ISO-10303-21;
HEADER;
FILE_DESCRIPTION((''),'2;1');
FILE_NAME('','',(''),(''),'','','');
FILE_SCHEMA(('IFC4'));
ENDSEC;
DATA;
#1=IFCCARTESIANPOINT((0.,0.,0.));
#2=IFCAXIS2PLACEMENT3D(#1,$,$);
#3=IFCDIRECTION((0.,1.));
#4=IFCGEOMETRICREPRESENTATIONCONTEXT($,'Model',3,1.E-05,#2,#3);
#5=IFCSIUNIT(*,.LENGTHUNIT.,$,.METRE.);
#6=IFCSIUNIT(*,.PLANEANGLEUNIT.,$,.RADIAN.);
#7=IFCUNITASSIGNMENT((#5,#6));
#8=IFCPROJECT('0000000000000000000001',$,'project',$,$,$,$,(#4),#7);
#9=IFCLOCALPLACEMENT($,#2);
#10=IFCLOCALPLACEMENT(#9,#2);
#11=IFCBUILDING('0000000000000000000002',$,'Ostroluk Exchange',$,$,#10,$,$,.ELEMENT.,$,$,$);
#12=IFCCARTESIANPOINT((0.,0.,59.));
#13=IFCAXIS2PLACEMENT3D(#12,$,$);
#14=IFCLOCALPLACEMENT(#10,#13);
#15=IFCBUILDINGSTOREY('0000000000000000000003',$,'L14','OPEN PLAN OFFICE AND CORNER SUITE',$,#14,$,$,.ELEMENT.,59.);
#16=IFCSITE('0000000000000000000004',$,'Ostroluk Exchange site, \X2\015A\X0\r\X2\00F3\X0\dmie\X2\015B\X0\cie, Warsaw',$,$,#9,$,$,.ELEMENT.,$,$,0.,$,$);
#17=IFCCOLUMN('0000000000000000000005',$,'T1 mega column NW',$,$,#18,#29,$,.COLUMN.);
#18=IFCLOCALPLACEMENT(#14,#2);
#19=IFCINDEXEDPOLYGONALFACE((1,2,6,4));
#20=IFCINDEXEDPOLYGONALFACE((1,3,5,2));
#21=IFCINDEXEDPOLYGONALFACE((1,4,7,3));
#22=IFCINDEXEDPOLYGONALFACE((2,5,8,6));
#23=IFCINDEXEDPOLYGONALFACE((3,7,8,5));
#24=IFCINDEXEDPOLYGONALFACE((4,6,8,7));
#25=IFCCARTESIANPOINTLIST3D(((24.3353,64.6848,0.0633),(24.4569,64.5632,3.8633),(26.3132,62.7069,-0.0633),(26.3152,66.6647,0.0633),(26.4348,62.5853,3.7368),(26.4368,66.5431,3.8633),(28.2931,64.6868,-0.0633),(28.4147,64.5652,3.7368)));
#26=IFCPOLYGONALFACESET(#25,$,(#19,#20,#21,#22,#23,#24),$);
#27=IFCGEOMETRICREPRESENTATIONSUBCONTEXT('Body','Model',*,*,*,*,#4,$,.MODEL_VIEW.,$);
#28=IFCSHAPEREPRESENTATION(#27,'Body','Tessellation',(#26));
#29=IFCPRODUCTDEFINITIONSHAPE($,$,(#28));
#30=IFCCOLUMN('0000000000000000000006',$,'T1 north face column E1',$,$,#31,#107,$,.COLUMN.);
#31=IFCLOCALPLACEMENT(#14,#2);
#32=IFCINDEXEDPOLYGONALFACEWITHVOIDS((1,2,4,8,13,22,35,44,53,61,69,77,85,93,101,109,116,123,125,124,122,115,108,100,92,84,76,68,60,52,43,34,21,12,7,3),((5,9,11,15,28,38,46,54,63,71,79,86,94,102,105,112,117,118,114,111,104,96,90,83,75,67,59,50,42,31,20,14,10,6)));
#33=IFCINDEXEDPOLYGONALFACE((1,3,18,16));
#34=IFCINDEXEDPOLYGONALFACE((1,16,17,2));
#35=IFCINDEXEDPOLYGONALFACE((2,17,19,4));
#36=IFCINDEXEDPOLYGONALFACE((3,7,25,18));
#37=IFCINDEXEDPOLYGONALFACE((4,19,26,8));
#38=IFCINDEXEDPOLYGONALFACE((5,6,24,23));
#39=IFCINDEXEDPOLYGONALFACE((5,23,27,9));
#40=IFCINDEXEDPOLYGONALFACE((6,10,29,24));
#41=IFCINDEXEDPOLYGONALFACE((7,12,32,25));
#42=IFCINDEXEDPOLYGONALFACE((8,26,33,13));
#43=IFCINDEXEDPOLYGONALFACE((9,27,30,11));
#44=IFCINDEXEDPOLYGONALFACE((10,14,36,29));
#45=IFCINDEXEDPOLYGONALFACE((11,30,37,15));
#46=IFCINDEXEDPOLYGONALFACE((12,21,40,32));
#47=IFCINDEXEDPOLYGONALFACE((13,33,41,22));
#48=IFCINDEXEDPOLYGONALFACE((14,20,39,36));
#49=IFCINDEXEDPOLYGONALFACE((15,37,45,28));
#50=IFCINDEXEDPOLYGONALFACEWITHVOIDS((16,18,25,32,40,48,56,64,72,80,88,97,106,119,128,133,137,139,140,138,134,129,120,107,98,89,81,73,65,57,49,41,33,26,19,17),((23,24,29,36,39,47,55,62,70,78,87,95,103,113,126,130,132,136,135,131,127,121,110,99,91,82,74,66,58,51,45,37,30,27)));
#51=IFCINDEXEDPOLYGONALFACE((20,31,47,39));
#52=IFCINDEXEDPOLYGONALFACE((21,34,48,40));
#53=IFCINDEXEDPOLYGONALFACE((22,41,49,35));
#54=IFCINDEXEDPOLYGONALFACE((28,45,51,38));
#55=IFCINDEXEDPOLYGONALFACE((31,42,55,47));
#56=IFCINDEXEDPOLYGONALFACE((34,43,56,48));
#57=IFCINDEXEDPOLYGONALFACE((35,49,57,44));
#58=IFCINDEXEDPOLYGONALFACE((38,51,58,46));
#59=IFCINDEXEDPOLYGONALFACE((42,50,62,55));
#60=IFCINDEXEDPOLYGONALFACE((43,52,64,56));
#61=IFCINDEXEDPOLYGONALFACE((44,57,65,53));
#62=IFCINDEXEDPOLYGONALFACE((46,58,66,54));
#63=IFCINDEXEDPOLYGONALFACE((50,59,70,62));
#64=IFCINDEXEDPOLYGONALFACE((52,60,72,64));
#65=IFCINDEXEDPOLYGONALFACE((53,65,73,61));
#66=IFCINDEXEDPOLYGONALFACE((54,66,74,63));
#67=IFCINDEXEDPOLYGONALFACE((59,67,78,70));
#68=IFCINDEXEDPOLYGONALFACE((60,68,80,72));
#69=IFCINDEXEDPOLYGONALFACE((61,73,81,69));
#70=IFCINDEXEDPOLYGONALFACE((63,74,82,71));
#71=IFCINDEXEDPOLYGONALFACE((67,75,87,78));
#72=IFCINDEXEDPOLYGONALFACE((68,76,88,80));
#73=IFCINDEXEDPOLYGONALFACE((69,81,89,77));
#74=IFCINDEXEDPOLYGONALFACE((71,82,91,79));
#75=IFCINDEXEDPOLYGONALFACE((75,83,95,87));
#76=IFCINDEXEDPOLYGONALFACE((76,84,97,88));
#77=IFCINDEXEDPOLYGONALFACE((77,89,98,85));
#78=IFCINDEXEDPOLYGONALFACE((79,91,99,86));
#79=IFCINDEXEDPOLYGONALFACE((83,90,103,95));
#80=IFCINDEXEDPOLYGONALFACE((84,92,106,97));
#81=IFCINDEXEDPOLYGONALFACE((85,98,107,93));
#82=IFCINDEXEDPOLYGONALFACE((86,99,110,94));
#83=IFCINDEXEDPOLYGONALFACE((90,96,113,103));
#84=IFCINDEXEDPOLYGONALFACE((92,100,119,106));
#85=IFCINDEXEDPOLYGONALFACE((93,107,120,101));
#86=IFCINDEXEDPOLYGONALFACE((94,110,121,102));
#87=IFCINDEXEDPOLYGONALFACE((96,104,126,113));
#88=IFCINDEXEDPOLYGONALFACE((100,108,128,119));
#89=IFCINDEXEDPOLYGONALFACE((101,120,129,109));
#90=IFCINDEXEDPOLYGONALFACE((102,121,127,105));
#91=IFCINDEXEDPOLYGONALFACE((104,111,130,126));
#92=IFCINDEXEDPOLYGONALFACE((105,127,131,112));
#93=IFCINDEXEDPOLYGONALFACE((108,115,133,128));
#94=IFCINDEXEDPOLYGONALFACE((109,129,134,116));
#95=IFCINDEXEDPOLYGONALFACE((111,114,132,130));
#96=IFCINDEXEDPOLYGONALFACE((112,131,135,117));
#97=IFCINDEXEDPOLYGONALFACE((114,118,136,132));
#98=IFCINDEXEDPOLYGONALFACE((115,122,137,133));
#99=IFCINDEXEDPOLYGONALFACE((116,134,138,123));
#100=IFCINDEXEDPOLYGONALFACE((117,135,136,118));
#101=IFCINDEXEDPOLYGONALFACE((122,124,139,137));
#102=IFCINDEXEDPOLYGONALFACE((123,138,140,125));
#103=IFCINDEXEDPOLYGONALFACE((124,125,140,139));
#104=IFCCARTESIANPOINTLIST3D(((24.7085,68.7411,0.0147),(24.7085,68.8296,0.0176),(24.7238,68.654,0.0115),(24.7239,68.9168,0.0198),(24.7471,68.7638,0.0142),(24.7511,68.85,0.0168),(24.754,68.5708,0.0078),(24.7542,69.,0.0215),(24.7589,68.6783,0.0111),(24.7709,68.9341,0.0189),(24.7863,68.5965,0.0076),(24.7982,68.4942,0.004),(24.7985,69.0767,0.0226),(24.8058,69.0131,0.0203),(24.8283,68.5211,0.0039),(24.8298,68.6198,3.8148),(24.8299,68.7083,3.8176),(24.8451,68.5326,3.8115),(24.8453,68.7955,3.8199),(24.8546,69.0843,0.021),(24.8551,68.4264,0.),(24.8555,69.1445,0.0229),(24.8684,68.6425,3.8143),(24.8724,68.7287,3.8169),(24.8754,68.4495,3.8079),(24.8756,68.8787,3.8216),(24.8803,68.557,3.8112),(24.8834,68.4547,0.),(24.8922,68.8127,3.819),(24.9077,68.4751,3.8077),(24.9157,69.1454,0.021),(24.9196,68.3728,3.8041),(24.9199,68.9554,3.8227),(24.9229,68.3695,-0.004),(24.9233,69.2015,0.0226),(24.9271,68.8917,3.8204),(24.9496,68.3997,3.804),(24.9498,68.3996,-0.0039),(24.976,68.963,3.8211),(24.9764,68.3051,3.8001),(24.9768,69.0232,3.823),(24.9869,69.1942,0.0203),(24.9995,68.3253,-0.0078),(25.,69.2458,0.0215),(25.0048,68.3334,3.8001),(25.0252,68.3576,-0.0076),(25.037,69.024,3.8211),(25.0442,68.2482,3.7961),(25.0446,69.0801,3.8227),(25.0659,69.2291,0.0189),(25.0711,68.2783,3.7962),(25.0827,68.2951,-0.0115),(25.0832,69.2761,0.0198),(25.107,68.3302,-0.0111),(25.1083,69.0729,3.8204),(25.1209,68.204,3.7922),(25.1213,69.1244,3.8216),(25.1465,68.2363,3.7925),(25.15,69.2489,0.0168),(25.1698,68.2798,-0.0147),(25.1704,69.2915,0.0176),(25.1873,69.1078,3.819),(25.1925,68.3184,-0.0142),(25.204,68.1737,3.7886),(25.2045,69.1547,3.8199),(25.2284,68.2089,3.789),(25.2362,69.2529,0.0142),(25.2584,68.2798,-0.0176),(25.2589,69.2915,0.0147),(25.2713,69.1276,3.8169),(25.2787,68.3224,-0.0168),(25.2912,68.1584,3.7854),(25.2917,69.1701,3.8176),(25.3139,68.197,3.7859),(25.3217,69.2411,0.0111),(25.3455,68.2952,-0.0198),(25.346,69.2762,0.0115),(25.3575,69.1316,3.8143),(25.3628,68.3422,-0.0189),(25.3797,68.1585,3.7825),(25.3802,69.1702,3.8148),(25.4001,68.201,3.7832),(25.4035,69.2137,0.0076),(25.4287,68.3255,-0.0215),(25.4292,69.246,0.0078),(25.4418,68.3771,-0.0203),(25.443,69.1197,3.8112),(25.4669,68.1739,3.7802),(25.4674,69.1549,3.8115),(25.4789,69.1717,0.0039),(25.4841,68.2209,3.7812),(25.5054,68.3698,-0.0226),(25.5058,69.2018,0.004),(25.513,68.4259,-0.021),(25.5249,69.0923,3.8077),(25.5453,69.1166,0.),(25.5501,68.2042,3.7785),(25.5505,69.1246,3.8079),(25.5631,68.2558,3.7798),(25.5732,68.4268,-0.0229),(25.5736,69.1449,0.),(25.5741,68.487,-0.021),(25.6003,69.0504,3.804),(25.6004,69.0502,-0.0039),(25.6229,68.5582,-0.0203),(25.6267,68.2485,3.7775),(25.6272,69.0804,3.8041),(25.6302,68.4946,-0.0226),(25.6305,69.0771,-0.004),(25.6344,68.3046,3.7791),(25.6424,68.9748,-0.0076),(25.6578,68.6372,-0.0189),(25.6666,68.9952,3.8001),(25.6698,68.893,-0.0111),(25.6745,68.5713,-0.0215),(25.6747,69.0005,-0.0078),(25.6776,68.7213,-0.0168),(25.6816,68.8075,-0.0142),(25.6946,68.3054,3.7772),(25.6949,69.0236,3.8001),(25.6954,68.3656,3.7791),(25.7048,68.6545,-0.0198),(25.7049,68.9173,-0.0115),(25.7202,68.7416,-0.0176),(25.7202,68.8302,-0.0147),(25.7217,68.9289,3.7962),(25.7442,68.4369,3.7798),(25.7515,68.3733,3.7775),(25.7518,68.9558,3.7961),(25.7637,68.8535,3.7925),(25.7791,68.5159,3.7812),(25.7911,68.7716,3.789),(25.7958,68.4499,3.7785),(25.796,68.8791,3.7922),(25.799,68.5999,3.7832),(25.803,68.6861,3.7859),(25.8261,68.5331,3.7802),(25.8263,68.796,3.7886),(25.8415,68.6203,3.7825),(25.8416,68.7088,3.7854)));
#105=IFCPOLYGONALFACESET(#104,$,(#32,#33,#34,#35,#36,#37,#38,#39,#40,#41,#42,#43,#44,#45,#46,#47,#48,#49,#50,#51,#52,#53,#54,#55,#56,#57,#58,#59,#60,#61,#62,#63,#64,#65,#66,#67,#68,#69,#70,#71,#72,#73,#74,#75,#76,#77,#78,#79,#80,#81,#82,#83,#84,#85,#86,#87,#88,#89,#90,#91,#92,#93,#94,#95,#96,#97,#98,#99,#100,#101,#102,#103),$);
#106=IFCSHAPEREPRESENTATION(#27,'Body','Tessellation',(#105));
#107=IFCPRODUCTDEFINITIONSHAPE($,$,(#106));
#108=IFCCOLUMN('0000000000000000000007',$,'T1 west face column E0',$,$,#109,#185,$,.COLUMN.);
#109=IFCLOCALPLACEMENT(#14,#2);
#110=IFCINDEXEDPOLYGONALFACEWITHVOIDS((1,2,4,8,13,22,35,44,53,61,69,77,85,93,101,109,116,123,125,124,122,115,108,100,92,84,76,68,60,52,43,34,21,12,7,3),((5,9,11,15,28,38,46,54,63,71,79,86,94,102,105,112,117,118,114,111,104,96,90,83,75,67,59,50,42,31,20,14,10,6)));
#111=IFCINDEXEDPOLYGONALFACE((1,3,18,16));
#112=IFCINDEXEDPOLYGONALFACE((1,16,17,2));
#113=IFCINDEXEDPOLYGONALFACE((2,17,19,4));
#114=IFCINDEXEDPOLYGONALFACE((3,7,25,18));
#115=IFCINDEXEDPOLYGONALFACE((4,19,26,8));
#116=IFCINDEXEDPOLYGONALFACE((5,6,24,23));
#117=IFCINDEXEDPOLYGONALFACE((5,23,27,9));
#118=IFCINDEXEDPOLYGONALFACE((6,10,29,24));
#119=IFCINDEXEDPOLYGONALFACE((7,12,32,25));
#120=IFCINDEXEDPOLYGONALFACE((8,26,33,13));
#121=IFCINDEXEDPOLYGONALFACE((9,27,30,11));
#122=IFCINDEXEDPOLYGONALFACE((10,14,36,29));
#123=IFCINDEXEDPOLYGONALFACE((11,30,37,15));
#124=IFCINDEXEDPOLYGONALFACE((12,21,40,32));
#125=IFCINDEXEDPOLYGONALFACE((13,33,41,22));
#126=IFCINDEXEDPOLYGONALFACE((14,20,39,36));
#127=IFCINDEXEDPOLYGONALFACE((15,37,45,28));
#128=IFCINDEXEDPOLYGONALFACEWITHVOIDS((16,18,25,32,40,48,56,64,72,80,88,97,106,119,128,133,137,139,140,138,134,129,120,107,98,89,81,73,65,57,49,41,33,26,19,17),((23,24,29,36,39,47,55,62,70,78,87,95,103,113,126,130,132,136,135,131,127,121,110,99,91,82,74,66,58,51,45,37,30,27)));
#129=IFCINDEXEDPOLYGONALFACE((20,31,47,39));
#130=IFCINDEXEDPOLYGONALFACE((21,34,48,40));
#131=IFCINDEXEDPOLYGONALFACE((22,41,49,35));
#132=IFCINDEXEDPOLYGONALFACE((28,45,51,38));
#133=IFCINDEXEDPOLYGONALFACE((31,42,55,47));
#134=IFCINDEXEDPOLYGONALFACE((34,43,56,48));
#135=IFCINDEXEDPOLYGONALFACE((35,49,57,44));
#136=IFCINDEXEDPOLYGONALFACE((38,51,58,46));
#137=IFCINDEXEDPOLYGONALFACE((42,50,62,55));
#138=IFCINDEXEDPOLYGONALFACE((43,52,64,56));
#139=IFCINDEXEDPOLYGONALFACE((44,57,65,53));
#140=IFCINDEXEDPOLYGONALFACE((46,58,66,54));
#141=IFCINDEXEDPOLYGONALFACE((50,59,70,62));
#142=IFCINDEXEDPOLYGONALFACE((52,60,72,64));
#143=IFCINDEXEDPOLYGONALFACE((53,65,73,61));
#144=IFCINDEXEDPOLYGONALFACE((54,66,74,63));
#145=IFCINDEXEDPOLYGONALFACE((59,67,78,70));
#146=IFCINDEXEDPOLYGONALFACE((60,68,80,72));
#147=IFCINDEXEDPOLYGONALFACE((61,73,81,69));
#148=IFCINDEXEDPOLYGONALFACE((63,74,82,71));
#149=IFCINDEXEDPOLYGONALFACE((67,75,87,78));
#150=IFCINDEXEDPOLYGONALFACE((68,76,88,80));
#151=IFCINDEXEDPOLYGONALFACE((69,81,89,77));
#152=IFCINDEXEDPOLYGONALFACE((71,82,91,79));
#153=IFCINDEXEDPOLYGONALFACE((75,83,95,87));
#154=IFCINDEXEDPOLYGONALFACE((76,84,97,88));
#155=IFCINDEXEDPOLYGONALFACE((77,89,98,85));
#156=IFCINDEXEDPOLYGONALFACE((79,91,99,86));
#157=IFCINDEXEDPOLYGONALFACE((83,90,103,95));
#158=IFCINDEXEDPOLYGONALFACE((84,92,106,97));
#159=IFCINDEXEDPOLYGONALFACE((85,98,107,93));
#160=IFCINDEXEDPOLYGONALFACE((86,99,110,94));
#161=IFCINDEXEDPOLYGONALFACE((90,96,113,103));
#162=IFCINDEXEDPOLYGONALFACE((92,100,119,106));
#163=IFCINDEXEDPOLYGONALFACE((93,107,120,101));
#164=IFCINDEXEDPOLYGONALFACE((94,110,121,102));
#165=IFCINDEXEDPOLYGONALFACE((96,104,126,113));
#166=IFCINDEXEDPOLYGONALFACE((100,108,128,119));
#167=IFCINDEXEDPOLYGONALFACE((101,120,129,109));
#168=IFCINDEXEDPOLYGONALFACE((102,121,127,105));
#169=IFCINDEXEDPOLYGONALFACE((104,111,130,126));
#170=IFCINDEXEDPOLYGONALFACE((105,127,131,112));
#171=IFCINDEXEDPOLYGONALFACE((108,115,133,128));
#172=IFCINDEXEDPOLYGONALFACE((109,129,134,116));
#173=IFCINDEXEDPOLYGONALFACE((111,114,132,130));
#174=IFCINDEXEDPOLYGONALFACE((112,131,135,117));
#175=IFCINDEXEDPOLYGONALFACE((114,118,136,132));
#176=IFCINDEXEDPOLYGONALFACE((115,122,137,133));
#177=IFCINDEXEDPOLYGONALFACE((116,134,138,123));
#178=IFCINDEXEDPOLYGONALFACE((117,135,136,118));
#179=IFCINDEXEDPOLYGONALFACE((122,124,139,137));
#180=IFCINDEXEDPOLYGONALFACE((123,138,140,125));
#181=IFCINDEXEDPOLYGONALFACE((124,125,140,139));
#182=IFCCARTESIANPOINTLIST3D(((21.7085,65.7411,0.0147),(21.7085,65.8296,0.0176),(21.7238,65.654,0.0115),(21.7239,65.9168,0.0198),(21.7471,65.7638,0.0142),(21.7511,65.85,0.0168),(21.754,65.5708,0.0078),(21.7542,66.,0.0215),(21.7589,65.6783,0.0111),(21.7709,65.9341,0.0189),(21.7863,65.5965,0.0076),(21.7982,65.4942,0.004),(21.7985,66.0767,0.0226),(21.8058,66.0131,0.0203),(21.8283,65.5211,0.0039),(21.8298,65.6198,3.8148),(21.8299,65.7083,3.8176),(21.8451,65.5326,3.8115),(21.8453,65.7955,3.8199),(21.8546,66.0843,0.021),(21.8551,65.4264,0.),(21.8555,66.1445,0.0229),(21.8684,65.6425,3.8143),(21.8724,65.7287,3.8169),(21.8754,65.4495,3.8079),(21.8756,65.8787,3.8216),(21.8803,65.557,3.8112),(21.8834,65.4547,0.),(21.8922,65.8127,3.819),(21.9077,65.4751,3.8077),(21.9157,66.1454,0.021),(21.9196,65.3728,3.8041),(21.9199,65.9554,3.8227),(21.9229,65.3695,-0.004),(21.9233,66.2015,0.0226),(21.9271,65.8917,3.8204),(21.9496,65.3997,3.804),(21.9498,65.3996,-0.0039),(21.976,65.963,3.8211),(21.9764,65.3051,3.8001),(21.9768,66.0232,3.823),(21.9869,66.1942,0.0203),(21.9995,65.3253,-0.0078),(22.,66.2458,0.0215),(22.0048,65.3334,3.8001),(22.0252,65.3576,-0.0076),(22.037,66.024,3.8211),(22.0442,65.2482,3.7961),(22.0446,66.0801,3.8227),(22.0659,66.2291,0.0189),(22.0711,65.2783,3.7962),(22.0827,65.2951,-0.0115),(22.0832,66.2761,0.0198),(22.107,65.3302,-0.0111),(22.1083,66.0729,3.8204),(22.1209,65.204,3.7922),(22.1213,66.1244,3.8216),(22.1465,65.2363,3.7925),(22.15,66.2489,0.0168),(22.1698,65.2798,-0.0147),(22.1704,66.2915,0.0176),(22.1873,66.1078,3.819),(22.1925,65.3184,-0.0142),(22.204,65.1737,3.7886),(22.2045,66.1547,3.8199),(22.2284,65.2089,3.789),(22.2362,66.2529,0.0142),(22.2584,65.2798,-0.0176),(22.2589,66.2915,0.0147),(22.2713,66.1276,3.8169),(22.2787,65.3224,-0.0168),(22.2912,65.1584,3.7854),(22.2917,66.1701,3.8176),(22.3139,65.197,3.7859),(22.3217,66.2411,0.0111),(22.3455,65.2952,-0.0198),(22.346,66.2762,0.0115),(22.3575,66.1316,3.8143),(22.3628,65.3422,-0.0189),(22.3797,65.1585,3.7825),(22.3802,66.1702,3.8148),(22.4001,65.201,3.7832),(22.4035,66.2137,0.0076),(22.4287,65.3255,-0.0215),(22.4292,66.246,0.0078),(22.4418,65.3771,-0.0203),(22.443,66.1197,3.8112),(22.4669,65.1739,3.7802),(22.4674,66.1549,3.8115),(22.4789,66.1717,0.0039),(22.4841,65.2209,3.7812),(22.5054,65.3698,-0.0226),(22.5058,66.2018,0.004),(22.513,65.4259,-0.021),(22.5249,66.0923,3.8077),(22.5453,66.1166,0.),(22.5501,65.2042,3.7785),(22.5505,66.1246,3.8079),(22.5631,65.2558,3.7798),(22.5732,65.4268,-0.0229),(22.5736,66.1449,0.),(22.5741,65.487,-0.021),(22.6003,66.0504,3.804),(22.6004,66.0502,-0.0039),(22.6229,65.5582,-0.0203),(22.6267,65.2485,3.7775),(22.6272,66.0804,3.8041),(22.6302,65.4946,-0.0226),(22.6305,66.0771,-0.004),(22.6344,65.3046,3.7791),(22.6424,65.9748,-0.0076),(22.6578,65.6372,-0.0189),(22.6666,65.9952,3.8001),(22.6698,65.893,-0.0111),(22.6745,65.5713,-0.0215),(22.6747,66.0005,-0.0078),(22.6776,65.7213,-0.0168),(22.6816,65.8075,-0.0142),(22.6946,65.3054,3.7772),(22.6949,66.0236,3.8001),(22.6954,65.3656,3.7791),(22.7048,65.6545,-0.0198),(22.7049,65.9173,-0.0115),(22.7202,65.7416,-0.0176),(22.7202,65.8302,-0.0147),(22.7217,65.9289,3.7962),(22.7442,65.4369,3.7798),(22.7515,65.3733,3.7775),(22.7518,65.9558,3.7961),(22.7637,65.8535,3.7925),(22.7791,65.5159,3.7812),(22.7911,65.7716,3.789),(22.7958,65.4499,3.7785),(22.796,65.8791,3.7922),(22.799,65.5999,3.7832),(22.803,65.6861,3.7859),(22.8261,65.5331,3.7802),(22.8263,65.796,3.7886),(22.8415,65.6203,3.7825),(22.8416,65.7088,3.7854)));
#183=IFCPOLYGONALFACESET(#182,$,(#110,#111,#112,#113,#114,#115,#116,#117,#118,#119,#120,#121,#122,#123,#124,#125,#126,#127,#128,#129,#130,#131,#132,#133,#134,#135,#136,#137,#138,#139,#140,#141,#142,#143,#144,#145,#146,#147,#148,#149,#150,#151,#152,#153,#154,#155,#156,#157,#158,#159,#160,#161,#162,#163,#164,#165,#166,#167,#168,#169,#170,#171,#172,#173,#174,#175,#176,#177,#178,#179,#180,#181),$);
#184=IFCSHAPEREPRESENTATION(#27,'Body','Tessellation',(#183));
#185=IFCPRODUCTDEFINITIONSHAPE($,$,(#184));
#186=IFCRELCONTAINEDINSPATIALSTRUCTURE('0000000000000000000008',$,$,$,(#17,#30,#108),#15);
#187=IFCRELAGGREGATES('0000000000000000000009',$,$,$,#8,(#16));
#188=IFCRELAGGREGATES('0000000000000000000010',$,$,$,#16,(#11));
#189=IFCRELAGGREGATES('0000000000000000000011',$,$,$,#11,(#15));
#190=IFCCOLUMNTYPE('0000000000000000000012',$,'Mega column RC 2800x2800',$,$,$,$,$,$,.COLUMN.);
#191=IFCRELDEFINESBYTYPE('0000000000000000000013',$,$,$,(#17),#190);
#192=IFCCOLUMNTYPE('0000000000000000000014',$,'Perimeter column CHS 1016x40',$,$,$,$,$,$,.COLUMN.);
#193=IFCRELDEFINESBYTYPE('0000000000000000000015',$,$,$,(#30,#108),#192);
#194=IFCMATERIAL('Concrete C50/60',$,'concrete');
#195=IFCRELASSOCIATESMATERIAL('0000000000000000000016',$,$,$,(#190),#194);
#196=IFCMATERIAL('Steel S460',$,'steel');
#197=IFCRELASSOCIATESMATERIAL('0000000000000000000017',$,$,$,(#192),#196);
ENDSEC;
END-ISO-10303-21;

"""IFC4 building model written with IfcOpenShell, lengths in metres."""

from ifc_helpers import new_model, si_unit, direction, frame, origin, origin_2d, place, context, subcontext, project, spatial, rectangle, hollow_circle, extrude, material, material_profile, profile_set, type_object, element, save


model = new_model("IFC4")

# Units and contexts
model_context = context("Model", 3, precision=1e-05, world=origin(), true_north=direction((0.0, 1.0)))
body_context = subcontext(model_context, "Body", "Model", "MODEL_VIEW")
ifc_project = project(units=[si_unit("LENGTHUNIT", "METRE"), si_unit("PLANEANGLEUNIT", "RADIAN")], contexts=[model_context])

# Site, building, storey
site_placement = place(None, origin())
site = spatial("IfcSite", under=ifc_project, at=site_placement, Name="Ostroluk Exchange site, Śródmieście, Warsaw", CompositionType="ELEMENT", RefElevation=0.0)
building_placement = place(site_placement, origin())
building = spatial("IfcBuilding", under=site, at=building_placement, Name="Ostroluk Exchange", CompositionType="ELEMENT")
storey_placement = place(building_placement, frame((0.0, 0.0, 59.0)))
storey = spatial("IfcBuildingStorey", under=building, at=storey_placement, Name="L14", Description="OPEN PLAN OFFICE AND CORNER SUITE", CompositionType="ELEMENT", Elevation=59.0)

# Columns
ifc_material_1 = material(Name="Concrete C50/60", Category="concrete")
ifc_material_profile_1 = material_profile(ifc_material_1, rectangle(XDim=2.8, YDim=2.8, at=origin_2d()), Name="RC 2800x2800")
ifc_profile_set_1 = profile_set([ifc_material_profile_1], Name="Concrete C50/60")
column_type_1 = type_object("IfcColumnType", Name="Mega column RC 2800x2800", PredefinedType="COLUMN", material=ifc_profile_set_1)
column_placement = place(storey_placement, frame((26.3142, 64.6858, 0.0), z_axis=(0.031962, -0.031962, 0.998978), x_axis=(0.707107, 0.707107, 0.0)))
element("IfcColumn", 1, at=column_placement, inside=storey, type_object=column_type_1, Name="T1 mega column NW", PredefinedType="COLUMN", context=body_context, shape_type="SweptSolid", body=[
    extrude(rectangle(XDim=2.8, YDim=2.8, at=origin_2d()), origin(), (0.0, 0.0, 1.0), 3.804),
])
ifc_material_2 = material(Name="Steel S460", Category="steel")
ifc_material_profile_2 = material_profile(ifc_material_2, hollow_circle(Radius=0.5081, WallThickness=0.04, at=origin_2d()), Name="CHS 1016x40")
ifc_profile_set_2 = profile_set([ifc_material_profile_2], Name="Steel S460")
column_type_2 = type_object("IfcColumnType", Name="Perimeter column CHS 1016x40", PredefinedType="COLUMN", material=ifc_profile_set_2)
for number, where, z_axis, x_axis, name in (
    (2, (25.2144, 68.7856, 0.0), (0.031898, -0.031898, 0.998982), (0.707107, 0.707107, 0.0), "T1 north face column E1"),
    (3, (22.2144, 65.7856, 0.0), (0.031898, -0.031898, 0.998982), (0.707107, 0.707107, 0.0), "T1 west face column E0"),
):
    element("IfcColumn", number, at=place(storey_placement, frame(where, z_axis=z_axis, x_axis=x_axis)), inside=storey, type_object=column_type_2, Name=name, PredefinedType="COLUMN", context=body_context, shape_type="SweptSolid", body=[
        extrude(hollow_circle(Radius=0.5081, WallThickness=0.04, at=origin_2d()), origin(), (0.0, 0.0, 1.0), 3.804),
    ])

save(model, "model.ifc")
